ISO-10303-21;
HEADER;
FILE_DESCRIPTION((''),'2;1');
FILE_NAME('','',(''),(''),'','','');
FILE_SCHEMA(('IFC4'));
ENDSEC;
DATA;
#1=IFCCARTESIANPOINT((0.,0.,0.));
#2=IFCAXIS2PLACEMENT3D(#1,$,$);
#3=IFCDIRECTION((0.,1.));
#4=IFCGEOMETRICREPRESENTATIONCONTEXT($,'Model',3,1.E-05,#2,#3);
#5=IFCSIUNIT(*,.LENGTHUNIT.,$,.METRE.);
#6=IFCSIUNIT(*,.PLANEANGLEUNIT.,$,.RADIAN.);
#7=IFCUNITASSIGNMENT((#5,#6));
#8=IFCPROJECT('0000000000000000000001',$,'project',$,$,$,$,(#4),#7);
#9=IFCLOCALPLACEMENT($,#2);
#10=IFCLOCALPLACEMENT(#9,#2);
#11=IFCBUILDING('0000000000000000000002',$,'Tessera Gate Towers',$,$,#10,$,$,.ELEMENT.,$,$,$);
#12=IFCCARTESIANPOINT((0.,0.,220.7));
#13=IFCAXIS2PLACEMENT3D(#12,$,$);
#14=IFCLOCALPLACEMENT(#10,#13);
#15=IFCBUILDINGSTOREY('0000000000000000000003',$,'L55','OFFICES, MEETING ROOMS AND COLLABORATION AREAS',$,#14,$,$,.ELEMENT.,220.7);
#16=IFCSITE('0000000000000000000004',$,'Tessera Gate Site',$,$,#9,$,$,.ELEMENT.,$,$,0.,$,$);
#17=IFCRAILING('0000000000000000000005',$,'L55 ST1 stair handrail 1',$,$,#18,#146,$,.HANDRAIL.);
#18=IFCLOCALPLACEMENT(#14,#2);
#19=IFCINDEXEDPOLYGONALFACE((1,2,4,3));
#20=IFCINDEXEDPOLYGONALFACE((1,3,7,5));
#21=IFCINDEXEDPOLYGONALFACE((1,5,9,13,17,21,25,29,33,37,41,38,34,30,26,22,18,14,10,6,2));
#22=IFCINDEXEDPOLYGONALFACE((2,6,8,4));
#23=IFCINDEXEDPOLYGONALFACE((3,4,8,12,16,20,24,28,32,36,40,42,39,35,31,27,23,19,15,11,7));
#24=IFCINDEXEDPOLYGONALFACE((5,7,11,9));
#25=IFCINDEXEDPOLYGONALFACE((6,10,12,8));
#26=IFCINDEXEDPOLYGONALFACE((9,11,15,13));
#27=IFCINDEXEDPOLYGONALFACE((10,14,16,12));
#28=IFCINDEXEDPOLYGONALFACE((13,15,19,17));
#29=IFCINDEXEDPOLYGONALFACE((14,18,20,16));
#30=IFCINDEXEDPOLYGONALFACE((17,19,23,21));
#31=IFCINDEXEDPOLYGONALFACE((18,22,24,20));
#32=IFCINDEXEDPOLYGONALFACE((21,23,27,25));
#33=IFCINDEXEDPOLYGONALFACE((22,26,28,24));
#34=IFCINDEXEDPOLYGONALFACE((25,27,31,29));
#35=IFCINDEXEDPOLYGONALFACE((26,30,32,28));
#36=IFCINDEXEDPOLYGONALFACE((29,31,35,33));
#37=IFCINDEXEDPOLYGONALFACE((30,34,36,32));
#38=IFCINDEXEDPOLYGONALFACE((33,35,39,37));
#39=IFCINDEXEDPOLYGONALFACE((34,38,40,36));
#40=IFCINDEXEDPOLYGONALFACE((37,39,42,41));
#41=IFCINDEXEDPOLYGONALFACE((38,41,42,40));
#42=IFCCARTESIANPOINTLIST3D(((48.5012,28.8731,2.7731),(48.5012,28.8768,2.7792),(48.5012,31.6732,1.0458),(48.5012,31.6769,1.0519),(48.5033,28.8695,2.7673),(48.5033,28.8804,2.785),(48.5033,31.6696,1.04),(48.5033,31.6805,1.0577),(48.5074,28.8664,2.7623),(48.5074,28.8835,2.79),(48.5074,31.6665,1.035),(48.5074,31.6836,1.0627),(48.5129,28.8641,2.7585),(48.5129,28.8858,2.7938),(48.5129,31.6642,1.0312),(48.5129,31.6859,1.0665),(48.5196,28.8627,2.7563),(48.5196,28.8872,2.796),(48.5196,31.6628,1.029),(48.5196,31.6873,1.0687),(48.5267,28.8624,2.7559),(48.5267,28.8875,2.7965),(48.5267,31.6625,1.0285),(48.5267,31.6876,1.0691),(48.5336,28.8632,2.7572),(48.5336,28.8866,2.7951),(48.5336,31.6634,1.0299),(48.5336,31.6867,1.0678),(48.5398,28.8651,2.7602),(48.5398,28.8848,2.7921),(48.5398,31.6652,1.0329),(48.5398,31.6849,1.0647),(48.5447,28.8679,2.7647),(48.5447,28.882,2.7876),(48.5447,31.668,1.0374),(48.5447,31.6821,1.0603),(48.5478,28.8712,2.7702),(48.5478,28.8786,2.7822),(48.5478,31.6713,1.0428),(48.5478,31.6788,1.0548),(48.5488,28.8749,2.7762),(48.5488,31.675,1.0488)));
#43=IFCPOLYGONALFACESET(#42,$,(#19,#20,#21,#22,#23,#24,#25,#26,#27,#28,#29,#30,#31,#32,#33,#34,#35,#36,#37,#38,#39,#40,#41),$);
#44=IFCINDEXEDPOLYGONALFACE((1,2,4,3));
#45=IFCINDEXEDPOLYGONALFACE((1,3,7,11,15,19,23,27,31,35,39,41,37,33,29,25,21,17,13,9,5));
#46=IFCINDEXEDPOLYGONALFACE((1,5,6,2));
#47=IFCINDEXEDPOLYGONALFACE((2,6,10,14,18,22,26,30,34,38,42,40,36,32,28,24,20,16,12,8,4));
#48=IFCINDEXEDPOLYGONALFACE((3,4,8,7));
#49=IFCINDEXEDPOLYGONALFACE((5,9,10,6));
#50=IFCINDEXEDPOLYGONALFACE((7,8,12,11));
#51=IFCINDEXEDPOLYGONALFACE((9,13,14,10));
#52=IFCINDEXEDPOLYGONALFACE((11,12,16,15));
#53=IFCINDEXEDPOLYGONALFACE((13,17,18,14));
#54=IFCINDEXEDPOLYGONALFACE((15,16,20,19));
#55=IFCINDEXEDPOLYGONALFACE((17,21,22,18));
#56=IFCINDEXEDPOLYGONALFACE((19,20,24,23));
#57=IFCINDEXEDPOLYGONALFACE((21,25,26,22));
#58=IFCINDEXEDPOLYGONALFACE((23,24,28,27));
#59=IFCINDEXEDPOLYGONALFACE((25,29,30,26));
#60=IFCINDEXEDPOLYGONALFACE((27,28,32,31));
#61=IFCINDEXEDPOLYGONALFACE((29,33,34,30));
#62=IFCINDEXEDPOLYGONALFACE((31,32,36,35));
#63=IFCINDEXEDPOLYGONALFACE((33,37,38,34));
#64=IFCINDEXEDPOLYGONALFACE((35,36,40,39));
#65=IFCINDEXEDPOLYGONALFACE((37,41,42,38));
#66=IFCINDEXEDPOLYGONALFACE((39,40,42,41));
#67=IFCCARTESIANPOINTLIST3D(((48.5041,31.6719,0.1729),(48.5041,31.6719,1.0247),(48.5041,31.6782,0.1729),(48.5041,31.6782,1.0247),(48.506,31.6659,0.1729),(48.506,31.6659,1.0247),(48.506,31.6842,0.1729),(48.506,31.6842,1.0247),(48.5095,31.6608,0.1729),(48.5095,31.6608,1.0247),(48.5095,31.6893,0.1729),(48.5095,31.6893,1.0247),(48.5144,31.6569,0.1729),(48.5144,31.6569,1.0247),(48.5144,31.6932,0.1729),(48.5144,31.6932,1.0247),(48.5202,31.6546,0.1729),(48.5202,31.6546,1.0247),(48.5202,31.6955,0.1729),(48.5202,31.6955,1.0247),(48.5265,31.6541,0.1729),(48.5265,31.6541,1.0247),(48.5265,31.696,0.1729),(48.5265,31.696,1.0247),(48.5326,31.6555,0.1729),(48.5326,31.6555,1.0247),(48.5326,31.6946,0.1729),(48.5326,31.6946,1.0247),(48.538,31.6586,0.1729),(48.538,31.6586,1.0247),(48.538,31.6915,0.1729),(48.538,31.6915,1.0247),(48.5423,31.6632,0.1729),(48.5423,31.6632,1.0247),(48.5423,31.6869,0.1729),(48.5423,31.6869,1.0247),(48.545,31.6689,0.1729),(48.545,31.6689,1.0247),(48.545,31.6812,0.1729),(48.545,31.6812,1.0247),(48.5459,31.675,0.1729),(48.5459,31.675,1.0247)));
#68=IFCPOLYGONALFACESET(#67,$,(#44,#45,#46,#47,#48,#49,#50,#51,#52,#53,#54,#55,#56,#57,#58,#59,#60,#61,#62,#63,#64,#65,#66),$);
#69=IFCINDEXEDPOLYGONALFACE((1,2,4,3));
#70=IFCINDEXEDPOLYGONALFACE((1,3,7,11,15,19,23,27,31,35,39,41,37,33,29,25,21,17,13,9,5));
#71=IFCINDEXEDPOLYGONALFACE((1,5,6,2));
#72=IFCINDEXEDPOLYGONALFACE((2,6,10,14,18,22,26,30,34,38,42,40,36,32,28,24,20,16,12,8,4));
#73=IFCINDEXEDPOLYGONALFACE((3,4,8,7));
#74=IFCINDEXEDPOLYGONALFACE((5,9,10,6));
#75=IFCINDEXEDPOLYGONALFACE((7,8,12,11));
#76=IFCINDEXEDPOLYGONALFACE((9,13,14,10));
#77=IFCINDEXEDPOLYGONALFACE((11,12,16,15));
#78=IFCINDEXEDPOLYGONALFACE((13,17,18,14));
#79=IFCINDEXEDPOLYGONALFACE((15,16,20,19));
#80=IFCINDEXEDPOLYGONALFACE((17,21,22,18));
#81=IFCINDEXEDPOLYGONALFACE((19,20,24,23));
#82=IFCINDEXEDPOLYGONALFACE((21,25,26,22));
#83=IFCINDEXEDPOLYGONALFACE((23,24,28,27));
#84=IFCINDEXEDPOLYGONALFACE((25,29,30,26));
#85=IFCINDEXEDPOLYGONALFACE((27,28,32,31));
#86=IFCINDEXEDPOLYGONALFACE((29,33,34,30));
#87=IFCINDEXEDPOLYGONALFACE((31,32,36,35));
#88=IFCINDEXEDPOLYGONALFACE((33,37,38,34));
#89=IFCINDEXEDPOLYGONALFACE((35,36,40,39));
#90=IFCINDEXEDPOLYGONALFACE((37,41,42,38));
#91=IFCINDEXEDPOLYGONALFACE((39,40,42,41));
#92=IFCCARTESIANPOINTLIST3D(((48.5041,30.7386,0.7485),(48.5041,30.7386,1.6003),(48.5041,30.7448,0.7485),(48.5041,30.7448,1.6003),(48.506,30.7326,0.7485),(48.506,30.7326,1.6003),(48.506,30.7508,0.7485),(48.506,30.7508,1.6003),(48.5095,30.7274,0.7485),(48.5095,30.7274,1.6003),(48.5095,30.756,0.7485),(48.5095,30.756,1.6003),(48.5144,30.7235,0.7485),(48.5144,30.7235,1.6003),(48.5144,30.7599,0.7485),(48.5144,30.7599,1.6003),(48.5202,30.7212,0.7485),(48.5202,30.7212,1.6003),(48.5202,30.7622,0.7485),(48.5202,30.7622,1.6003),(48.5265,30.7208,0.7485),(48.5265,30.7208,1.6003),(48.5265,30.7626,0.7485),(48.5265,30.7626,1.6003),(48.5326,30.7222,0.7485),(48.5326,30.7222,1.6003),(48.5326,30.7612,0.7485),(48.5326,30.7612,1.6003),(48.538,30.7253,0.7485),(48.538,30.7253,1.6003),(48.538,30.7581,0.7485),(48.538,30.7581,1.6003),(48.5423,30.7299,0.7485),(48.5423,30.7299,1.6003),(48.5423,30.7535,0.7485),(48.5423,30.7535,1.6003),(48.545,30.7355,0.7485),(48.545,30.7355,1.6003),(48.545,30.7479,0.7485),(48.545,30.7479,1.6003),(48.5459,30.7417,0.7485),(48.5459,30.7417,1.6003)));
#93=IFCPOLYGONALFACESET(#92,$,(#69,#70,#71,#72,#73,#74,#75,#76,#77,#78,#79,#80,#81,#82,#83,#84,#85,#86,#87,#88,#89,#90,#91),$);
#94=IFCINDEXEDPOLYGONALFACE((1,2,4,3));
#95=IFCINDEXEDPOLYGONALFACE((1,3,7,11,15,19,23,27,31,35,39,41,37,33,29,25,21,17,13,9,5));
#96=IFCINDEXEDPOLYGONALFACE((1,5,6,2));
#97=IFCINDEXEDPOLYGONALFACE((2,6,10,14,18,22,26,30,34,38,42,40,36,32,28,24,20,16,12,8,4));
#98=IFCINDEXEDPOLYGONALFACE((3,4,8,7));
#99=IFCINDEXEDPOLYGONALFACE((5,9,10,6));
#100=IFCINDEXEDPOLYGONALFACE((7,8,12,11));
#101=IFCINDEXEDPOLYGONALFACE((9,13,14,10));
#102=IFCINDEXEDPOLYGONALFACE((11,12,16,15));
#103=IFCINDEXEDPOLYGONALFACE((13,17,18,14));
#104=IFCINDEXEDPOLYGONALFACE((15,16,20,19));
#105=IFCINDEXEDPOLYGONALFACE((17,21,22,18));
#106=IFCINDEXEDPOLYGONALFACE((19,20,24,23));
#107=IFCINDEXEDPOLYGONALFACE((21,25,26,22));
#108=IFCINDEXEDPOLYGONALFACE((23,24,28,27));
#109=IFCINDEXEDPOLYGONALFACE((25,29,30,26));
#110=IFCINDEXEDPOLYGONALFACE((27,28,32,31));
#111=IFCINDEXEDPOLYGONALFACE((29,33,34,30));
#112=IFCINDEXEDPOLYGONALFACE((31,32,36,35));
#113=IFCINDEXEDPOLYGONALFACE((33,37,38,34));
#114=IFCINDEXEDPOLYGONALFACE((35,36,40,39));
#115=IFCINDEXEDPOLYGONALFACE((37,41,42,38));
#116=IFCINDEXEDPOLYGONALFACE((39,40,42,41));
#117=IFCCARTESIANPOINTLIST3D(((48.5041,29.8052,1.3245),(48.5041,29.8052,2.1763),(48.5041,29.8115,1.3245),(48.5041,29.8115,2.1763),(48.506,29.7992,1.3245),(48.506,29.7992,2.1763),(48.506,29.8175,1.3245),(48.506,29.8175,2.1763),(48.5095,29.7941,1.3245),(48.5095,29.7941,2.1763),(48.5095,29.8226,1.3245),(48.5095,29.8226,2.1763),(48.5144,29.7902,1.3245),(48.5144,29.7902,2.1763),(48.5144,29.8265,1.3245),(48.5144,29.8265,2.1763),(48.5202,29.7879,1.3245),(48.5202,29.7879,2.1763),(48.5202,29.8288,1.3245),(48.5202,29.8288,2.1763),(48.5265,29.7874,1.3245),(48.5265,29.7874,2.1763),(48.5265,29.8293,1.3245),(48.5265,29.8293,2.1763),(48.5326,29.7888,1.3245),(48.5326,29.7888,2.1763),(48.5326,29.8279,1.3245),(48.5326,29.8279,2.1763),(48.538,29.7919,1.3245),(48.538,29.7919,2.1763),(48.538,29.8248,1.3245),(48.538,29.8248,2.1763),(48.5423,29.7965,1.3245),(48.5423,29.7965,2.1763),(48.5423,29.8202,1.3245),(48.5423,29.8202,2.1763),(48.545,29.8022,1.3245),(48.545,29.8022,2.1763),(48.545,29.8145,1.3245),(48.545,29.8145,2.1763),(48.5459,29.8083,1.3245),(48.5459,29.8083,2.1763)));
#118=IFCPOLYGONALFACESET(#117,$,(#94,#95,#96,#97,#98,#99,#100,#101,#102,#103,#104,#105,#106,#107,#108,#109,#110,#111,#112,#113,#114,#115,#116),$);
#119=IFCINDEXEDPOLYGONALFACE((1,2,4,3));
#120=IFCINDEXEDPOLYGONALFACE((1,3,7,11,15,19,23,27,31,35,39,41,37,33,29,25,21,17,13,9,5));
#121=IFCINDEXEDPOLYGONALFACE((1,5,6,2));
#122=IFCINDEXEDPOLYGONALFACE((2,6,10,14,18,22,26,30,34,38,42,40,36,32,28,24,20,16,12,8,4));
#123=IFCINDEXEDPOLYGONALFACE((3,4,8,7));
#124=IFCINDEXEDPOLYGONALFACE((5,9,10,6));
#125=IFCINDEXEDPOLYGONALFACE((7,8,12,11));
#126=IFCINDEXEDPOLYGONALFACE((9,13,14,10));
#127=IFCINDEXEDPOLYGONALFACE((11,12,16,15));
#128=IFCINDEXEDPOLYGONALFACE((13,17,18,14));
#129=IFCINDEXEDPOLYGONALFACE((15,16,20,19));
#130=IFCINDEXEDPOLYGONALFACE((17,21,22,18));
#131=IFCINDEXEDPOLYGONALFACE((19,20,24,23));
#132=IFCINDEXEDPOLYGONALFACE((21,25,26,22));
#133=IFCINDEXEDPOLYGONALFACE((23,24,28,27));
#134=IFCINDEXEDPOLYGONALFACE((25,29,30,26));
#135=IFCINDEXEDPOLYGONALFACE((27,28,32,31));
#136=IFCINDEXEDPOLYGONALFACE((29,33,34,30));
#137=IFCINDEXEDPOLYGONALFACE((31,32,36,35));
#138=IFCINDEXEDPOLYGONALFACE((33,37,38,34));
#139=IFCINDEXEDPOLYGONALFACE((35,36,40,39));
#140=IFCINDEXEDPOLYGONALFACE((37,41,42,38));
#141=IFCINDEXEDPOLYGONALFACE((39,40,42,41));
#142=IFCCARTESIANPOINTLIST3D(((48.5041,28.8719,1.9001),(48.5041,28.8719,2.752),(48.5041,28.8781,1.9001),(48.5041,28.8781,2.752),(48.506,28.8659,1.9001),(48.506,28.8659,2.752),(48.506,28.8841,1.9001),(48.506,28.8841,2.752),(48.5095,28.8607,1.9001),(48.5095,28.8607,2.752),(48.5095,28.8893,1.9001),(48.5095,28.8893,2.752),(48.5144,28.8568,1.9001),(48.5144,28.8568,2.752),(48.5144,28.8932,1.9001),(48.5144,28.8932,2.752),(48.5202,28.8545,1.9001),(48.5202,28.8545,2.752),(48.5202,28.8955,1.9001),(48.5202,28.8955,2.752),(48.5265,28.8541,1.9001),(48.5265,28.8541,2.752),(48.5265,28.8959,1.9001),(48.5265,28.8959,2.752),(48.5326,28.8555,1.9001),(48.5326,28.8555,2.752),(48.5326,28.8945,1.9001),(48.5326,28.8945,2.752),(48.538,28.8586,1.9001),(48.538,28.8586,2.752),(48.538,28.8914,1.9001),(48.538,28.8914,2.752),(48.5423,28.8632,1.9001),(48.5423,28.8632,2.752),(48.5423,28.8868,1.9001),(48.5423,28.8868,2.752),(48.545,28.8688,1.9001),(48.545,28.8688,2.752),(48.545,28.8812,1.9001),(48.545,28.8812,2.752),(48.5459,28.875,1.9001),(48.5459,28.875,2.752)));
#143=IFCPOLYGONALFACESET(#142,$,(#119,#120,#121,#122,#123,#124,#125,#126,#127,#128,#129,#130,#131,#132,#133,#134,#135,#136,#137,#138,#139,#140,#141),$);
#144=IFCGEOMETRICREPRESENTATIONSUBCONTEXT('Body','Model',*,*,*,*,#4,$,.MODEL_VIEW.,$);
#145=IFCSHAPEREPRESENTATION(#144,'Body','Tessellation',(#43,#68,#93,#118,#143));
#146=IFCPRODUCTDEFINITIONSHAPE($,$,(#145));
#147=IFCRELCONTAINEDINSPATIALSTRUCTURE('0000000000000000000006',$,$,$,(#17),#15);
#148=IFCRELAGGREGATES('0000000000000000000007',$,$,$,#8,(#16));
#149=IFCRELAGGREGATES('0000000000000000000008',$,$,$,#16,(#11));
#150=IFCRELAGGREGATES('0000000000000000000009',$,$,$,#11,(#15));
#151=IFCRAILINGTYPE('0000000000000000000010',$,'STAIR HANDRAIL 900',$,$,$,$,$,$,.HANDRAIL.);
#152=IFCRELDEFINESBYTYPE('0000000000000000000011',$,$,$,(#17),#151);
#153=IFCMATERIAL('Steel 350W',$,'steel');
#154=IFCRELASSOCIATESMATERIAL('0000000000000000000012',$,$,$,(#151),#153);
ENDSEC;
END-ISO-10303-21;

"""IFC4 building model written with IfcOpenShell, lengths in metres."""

from ifc_helpers import new_model, si_unit, direction, frame, origin, origin_2d, place, context, subcontext, project, spatial, circle, extrude, material, type_object, element, save


model = new_model("IFC4")

# Units and contexts
model_context = context("Model", 3, precision=1e-05, world=origin(), true_north=direction((0.0, 1.0)))
body_context = subcontext(model_context, "Body", "Model", "MODEL_VIEW")
ifc_project = project(units=[si_unit("LENGTHUNIT", "METRE"), si_unit("PLANEANGLEUNIT", "RADIAN")], contexts=[model_context])

# Site, building, storey
site_placement = place(None, origin())
site = spatial("IfcSite", under=ifc_project, at=site_placement, Name="Tessera Gate Site", CompositionType="ELEMENT", RefElevation=0.0)
building_placement = place(site_placement, origin())
building = spatial("IfcBuilding", under=site, at=building_placement, Name="Tessera Gate Towers", CompositionType="ELEMENT")
storey_placement = place(building_placement, frame((0.0, 0.0, 220.7)))
storey = spatial("IfcBuildingStorey", under=building, at=storey_placement, Name="L55", Description="OFFICES, MEETING ROOMS AND COLLABORATION AREAS", CompositionType="ELEMENT", Elevation=220.7)

# Railing
ifc_material_1 = material(Name="Steel 350W", Category="steel")
railing_type = type_object("IfcRailingType", Name="STAIR HANDRAIL 900", PredefinedType="HANDRAIL", material=ifc_material_1)
railing_1_placement = place(storey_placement, frame((48.5249, 31.675, 0.1729)))
element("IfcRailing", 1, at=railing_1_placement, inside=storey, type_object=railing_type, Name="L55 ST1 stair handrail 1", PredefinedType="HANDRAIL", context=body_context, shape_type="SweptSolid", body=[
    extrude(circle(Radius=0.0239, at=origin_2d()), frame((0.0, 0.0, 0.876), z_axis=(0.0, -0.85109, 0.52502), x_axis=(1.0, 0.0, 0.0)), (0.0, 0.0, 1.0), 3.29),
    extrude(circle(Radius=0.021, at=origin_2d()), origin(), (0.0, 0.0, 1.0), 0.8518),
    extrude(circle(Radius=0.021, at=origin_2d()), frame((0.0, -0.9333, 0.5757)), (0.0, 0.0, 1.0), 0.8518),
    extrude(circle(Radius=0.021, at=origin_2d()), frame((0.0, -1.8667, 1.1516)), (0.0, 0.0, 1.0), 0.8518),
    extrude(circle(Radius=0.021, at=origin_2d()), frame((0.0, -2.8, 1.7273)), (0.0, 0.0, 1.0), 0.8518),
])

save(model, "model.ifc")
